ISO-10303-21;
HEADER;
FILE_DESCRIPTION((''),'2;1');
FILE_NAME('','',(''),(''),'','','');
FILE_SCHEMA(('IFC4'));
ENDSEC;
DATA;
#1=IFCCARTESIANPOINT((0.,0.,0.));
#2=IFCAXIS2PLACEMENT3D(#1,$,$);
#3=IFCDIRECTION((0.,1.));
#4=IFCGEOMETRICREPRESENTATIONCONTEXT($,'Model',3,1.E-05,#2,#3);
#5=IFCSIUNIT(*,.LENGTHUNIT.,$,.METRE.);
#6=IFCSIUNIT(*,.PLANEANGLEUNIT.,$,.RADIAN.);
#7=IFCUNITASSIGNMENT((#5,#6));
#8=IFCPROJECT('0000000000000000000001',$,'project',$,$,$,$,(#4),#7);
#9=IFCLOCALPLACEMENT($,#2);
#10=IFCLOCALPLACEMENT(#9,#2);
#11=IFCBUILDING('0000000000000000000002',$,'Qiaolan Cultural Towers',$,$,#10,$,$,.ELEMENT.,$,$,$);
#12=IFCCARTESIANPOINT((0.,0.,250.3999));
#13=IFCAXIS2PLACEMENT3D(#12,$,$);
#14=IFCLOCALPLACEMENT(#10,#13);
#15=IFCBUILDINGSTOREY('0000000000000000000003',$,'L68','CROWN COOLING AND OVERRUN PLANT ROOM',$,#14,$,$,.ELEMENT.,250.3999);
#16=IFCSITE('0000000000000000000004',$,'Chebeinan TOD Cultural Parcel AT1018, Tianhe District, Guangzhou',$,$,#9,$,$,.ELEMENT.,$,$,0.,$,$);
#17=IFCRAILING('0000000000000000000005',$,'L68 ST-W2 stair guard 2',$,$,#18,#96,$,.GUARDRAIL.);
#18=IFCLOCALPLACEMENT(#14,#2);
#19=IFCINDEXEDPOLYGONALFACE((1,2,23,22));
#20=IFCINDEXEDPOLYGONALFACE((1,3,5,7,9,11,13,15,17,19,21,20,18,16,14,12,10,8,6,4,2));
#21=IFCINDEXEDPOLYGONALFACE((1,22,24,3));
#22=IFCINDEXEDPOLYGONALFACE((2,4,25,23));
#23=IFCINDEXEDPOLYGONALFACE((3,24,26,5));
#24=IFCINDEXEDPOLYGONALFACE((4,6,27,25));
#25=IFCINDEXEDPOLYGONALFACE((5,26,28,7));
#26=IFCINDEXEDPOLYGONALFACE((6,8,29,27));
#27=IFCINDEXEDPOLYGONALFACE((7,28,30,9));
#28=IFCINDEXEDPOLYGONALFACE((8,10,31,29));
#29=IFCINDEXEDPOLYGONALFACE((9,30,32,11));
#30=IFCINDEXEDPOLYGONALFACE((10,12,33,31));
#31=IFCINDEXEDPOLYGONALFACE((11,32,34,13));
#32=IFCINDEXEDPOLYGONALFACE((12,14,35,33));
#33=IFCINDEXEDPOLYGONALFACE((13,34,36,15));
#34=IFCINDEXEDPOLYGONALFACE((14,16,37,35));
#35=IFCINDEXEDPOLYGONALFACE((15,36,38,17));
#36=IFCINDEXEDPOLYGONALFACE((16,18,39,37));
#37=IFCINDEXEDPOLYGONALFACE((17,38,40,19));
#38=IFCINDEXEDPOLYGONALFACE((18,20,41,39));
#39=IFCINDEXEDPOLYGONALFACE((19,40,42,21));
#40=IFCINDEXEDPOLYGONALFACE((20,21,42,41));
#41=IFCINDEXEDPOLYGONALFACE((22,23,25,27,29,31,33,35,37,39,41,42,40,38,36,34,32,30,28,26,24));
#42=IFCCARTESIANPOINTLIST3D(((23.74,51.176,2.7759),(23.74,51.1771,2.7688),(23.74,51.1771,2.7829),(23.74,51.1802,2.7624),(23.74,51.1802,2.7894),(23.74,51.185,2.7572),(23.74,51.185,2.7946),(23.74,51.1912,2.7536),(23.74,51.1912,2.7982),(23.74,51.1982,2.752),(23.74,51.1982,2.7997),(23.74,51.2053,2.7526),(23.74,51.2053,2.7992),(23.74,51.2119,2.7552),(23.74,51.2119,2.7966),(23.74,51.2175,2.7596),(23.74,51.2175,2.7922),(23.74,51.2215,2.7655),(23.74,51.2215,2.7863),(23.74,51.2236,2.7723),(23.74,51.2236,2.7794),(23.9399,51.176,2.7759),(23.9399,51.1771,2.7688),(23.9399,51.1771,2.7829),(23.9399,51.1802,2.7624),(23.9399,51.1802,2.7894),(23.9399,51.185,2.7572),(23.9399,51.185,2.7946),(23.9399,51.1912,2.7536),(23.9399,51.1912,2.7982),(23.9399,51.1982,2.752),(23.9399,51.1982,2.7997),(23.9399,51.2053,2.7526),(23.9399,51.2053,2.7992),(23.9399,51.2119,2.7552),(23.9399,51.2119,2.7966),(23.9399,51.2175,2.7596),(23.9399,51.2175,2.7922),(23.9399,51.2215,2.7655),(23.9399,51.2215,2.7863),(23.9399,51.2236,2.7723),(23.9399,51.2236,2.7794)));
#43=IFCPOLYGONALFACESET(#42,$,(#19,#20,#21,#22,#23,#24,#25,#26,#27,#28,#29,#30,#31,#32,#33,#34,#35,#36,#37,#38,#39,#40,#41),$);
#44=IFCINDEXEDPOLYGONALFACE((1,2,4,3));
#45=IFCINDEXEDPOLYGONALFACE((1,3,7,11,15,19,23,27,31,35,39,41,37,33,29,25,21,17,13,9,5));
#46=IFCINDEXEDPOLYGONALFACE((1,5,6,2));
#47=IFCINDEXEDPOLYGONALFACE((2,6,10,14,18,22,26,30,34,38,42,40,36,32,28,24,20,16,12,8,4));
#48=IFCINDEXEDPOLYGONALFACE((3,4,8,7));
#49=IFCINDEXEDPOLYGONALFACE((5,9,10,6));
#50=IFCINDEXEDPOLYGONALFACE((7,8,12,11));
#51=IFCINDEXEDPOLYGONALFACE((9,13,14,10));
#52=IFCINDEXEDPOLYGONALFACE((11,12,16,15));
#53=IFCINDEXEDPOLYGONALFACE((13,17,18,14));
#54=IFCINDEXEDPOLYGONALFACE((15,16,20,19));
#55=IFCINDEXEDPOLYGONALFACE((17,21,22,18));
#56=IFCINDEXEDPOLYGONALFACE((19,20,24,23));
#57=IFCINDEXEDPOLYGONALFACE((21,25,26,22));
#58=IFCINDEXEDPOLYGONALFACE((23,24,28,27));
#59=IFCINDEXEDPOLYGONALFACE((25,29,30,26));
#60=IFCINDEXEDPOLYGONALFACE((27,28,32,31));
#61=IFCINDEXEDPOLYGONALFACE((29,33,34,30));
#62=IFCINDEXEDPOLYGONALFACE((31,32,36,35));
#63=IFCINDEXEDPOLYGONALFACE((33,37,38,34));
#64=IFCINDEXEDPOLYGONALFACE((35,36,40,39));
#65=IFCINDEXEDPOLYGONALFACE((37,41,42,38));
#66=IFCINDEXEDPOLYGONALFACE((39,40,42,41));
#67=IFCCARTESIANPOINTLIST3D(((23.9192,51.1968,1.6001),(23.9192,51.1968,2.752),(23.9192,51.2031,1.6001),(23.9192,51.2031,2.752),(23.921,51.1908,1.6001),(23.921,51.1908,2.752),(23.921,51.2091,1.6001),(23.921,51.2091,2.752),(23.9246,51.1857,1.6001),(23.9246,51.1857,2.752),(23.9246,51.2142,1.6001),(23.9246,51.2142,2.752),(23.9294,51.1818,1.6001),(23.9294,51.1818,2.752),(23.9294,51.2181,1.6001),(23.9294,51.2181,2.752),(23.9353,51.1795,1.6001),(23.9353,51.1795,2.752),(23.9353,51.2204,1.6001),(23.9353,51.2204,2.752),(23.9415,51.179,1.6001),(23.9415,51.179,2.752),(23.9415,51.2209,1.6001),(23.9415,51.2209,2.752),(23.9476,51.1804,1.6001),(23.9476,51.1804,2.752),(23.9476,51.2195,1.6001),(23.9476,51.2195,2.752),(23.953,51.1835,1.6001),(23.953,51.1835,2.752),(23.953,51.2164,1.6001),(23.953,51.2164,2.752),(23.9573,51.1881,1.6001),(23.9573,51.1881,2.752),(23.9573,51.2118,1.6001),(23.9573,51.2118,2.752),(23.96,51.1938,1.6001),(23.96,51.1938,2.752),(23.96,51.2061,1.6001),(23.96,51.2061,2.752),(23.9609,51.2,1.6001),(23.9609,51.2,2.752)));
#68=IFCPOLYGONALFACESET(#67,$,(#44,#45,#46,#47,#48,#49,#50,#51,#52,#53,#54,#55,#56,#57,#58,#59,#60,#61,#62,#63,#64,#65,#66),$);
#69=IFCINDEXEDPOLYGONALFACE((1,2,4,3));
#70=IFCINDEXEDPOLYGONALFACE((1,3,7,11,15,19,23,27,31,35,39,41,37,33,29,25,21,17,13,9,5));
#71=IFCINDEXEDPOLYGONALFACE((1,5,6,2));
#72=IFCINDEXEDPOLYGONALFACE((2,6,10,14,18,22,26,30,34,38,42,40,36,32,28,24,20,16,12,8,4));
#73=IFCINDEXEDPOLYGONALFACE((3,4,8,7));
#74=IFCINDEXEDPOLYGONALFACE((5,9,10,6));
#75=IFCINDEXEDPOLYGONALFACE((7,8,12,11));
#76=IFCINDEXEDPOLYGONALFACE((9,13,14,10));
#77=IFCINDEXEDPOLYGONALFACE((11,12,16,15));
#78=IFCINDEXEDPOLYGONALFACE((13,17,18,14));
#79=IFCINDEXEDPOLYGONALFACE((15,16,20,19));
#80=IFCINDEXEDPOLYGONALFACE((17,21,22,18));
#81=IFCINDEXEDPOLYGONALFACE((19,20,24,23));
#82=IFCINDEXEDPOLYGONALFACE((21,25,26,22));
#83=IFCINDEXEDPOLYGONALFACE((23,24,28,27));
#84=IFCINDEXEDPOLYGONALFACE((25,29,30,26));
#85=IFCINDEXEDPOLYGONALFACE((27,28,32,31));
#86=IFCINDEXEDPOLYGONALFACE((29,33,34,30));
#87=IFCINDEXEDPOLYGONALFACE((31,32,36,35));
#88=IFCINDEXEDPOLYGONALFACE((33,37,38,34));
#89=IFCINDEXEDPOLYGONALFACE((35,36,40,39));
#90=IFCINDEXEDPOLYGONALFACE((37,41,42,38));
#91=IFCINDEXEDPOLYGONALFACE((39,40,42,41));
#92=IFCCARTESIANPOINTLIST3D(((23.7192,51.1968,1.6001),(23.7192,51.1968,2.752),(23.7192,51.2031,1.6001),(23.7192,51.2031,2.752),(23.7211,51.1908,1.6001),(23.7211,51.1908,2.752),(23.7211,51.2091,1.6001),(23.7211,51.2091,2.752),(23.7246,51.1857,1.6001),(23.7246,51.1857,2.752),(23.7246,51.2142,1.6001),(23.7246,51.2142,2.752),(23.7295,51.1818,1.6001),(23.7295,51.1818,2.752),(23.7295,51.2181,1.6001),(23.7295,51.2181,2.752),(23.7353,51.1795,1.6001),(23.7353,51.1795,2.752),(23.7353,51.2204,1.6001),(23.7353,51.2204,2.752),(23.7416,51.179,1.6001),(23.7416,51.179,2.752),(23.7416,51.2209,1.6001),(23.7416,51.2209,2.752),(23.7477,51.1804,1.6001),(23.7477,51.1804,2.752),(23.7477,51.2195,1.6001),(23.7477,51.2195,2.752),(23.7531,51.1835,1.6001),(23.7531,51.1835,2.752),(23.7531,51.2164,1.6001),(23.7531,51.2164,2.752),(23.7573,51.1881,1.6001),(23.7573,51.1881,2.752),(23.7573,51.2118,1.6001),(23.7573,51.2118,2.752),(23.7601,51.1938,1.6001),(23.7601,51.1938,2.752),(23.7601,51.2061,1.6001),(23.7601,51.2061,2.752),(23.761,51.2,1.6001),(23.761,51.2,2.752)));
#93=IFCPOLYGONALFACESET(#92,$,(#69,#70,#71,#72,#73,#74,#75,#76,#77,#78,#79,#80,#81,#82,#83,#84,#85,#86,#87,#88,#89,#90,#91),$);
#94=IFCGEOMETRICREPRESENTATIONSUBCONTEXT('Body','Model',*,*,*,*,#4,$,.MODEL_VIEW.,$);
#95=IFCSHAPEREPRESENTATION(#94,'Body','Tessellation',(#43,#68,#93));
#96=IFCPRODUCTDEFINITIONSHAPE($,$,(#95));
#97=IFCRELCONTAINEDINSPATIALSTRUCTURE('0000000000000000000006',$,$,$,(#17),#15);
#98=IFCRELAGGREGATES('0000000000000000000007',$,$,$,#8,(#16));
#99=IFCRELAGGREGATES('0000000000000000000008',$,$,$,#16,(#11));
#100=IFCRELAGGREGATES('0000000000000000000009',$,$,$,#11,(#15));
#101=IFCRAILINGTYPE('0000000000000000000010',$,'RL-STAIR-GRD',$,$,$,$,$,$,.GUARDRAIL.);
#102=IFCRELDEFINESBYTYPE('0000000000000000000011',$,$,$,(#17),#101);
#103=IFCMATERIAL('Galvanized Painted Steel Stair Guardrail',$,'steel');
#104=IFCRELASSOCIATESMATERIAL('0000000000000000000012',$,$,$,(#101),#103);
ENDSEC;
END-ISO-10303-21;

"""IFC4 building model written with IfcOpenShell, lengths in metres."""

from ifc_helpers import new_model, si_unit, direction, frame, origin, origin_2d, place, context, subcontext, project, spatial, circle, extrude, material, type_object, element, save


model = new_model("IFC4")

# Units and contexts
model_context = context("Model", 3, precision=1e-05, world=origin(), true_north=direction((0.0, 1.0)))
body_context = subcontext(model_context, "Body", "Model", "MODEL_VIEW")
ifc_project = project(units=[si_unit("LENGTHUNIT", "METRE"), si_unit("PLANEANGLEUNIT", "RADIAN")], contexts=[model_context])

# Site, building, storey
site_placement = place(None, origin())
site = spatial("IfcSite", under=ifc_project, at=site_placement, Name="Chebeinan TOD Cultural Parcel AT1018, Tianhe District, Guangzhou", CompositionType="ELEMENT", RefElevation=0.0)
building_placement = place(site_placement, origin())
building = spatial("IfcBuilding", under=site, at=building_placement, Name="Qiaolan Cultural Towers", CompositionType="ELEMENT")
storey_placement = place(building_placement, frame((0.0, 0.0, 250.3999)))
storey = spatial("IfcBuildingStorey", under=building, at=storey_placement, Name="L68", Description="CROWN COOLING AND OVERRUN PLANT ROOM", CompositionType="ELEMENT", Elevation=250.3999)

# Railing
ifc_material_1 = material(Name="Galvanized Painted Steel Stair Guardrail", Category="steel")
railing_type_1 = type_object("IfcRailingType", Name="RL-STAIR-GRD", PredefinedType="GUARDRAIL", material=ifc_material_1)
railing_1_placement = place(storey_placement, frame((23.9399, 51.2, 1.6001)))
element("IfcRailing", 1, at=railing_1_placement, inside=storey, type_object=railing_type_1, Name="L68 ST-W2 stair guard 2", PredefinedType="GUARDRAIL", context=body_context, shape_type="SweptSolid", body=[
    extrude(circle(Radius=0.0239, at=origin_2d()), frame((0.0, 0.0, 1.1758), z_axis=(-1.0, 0.0, 0.0), x_axis=(0.0, -1.0, 0.0)), (0.0, 0.0, 1.0), 0.2),
    extrude(circle(Radius=0.021, at=origin_2d()), origin(), (0.0, 0.0, 1.0), 1.1519),
    extrude(circle(Radius=0.021, at=origin_2d()), frame((-0.2, 0.0, 0.0)), (0.0, 0.0, 1.0), 1.1519),
])

save(model, "model.ifc")
